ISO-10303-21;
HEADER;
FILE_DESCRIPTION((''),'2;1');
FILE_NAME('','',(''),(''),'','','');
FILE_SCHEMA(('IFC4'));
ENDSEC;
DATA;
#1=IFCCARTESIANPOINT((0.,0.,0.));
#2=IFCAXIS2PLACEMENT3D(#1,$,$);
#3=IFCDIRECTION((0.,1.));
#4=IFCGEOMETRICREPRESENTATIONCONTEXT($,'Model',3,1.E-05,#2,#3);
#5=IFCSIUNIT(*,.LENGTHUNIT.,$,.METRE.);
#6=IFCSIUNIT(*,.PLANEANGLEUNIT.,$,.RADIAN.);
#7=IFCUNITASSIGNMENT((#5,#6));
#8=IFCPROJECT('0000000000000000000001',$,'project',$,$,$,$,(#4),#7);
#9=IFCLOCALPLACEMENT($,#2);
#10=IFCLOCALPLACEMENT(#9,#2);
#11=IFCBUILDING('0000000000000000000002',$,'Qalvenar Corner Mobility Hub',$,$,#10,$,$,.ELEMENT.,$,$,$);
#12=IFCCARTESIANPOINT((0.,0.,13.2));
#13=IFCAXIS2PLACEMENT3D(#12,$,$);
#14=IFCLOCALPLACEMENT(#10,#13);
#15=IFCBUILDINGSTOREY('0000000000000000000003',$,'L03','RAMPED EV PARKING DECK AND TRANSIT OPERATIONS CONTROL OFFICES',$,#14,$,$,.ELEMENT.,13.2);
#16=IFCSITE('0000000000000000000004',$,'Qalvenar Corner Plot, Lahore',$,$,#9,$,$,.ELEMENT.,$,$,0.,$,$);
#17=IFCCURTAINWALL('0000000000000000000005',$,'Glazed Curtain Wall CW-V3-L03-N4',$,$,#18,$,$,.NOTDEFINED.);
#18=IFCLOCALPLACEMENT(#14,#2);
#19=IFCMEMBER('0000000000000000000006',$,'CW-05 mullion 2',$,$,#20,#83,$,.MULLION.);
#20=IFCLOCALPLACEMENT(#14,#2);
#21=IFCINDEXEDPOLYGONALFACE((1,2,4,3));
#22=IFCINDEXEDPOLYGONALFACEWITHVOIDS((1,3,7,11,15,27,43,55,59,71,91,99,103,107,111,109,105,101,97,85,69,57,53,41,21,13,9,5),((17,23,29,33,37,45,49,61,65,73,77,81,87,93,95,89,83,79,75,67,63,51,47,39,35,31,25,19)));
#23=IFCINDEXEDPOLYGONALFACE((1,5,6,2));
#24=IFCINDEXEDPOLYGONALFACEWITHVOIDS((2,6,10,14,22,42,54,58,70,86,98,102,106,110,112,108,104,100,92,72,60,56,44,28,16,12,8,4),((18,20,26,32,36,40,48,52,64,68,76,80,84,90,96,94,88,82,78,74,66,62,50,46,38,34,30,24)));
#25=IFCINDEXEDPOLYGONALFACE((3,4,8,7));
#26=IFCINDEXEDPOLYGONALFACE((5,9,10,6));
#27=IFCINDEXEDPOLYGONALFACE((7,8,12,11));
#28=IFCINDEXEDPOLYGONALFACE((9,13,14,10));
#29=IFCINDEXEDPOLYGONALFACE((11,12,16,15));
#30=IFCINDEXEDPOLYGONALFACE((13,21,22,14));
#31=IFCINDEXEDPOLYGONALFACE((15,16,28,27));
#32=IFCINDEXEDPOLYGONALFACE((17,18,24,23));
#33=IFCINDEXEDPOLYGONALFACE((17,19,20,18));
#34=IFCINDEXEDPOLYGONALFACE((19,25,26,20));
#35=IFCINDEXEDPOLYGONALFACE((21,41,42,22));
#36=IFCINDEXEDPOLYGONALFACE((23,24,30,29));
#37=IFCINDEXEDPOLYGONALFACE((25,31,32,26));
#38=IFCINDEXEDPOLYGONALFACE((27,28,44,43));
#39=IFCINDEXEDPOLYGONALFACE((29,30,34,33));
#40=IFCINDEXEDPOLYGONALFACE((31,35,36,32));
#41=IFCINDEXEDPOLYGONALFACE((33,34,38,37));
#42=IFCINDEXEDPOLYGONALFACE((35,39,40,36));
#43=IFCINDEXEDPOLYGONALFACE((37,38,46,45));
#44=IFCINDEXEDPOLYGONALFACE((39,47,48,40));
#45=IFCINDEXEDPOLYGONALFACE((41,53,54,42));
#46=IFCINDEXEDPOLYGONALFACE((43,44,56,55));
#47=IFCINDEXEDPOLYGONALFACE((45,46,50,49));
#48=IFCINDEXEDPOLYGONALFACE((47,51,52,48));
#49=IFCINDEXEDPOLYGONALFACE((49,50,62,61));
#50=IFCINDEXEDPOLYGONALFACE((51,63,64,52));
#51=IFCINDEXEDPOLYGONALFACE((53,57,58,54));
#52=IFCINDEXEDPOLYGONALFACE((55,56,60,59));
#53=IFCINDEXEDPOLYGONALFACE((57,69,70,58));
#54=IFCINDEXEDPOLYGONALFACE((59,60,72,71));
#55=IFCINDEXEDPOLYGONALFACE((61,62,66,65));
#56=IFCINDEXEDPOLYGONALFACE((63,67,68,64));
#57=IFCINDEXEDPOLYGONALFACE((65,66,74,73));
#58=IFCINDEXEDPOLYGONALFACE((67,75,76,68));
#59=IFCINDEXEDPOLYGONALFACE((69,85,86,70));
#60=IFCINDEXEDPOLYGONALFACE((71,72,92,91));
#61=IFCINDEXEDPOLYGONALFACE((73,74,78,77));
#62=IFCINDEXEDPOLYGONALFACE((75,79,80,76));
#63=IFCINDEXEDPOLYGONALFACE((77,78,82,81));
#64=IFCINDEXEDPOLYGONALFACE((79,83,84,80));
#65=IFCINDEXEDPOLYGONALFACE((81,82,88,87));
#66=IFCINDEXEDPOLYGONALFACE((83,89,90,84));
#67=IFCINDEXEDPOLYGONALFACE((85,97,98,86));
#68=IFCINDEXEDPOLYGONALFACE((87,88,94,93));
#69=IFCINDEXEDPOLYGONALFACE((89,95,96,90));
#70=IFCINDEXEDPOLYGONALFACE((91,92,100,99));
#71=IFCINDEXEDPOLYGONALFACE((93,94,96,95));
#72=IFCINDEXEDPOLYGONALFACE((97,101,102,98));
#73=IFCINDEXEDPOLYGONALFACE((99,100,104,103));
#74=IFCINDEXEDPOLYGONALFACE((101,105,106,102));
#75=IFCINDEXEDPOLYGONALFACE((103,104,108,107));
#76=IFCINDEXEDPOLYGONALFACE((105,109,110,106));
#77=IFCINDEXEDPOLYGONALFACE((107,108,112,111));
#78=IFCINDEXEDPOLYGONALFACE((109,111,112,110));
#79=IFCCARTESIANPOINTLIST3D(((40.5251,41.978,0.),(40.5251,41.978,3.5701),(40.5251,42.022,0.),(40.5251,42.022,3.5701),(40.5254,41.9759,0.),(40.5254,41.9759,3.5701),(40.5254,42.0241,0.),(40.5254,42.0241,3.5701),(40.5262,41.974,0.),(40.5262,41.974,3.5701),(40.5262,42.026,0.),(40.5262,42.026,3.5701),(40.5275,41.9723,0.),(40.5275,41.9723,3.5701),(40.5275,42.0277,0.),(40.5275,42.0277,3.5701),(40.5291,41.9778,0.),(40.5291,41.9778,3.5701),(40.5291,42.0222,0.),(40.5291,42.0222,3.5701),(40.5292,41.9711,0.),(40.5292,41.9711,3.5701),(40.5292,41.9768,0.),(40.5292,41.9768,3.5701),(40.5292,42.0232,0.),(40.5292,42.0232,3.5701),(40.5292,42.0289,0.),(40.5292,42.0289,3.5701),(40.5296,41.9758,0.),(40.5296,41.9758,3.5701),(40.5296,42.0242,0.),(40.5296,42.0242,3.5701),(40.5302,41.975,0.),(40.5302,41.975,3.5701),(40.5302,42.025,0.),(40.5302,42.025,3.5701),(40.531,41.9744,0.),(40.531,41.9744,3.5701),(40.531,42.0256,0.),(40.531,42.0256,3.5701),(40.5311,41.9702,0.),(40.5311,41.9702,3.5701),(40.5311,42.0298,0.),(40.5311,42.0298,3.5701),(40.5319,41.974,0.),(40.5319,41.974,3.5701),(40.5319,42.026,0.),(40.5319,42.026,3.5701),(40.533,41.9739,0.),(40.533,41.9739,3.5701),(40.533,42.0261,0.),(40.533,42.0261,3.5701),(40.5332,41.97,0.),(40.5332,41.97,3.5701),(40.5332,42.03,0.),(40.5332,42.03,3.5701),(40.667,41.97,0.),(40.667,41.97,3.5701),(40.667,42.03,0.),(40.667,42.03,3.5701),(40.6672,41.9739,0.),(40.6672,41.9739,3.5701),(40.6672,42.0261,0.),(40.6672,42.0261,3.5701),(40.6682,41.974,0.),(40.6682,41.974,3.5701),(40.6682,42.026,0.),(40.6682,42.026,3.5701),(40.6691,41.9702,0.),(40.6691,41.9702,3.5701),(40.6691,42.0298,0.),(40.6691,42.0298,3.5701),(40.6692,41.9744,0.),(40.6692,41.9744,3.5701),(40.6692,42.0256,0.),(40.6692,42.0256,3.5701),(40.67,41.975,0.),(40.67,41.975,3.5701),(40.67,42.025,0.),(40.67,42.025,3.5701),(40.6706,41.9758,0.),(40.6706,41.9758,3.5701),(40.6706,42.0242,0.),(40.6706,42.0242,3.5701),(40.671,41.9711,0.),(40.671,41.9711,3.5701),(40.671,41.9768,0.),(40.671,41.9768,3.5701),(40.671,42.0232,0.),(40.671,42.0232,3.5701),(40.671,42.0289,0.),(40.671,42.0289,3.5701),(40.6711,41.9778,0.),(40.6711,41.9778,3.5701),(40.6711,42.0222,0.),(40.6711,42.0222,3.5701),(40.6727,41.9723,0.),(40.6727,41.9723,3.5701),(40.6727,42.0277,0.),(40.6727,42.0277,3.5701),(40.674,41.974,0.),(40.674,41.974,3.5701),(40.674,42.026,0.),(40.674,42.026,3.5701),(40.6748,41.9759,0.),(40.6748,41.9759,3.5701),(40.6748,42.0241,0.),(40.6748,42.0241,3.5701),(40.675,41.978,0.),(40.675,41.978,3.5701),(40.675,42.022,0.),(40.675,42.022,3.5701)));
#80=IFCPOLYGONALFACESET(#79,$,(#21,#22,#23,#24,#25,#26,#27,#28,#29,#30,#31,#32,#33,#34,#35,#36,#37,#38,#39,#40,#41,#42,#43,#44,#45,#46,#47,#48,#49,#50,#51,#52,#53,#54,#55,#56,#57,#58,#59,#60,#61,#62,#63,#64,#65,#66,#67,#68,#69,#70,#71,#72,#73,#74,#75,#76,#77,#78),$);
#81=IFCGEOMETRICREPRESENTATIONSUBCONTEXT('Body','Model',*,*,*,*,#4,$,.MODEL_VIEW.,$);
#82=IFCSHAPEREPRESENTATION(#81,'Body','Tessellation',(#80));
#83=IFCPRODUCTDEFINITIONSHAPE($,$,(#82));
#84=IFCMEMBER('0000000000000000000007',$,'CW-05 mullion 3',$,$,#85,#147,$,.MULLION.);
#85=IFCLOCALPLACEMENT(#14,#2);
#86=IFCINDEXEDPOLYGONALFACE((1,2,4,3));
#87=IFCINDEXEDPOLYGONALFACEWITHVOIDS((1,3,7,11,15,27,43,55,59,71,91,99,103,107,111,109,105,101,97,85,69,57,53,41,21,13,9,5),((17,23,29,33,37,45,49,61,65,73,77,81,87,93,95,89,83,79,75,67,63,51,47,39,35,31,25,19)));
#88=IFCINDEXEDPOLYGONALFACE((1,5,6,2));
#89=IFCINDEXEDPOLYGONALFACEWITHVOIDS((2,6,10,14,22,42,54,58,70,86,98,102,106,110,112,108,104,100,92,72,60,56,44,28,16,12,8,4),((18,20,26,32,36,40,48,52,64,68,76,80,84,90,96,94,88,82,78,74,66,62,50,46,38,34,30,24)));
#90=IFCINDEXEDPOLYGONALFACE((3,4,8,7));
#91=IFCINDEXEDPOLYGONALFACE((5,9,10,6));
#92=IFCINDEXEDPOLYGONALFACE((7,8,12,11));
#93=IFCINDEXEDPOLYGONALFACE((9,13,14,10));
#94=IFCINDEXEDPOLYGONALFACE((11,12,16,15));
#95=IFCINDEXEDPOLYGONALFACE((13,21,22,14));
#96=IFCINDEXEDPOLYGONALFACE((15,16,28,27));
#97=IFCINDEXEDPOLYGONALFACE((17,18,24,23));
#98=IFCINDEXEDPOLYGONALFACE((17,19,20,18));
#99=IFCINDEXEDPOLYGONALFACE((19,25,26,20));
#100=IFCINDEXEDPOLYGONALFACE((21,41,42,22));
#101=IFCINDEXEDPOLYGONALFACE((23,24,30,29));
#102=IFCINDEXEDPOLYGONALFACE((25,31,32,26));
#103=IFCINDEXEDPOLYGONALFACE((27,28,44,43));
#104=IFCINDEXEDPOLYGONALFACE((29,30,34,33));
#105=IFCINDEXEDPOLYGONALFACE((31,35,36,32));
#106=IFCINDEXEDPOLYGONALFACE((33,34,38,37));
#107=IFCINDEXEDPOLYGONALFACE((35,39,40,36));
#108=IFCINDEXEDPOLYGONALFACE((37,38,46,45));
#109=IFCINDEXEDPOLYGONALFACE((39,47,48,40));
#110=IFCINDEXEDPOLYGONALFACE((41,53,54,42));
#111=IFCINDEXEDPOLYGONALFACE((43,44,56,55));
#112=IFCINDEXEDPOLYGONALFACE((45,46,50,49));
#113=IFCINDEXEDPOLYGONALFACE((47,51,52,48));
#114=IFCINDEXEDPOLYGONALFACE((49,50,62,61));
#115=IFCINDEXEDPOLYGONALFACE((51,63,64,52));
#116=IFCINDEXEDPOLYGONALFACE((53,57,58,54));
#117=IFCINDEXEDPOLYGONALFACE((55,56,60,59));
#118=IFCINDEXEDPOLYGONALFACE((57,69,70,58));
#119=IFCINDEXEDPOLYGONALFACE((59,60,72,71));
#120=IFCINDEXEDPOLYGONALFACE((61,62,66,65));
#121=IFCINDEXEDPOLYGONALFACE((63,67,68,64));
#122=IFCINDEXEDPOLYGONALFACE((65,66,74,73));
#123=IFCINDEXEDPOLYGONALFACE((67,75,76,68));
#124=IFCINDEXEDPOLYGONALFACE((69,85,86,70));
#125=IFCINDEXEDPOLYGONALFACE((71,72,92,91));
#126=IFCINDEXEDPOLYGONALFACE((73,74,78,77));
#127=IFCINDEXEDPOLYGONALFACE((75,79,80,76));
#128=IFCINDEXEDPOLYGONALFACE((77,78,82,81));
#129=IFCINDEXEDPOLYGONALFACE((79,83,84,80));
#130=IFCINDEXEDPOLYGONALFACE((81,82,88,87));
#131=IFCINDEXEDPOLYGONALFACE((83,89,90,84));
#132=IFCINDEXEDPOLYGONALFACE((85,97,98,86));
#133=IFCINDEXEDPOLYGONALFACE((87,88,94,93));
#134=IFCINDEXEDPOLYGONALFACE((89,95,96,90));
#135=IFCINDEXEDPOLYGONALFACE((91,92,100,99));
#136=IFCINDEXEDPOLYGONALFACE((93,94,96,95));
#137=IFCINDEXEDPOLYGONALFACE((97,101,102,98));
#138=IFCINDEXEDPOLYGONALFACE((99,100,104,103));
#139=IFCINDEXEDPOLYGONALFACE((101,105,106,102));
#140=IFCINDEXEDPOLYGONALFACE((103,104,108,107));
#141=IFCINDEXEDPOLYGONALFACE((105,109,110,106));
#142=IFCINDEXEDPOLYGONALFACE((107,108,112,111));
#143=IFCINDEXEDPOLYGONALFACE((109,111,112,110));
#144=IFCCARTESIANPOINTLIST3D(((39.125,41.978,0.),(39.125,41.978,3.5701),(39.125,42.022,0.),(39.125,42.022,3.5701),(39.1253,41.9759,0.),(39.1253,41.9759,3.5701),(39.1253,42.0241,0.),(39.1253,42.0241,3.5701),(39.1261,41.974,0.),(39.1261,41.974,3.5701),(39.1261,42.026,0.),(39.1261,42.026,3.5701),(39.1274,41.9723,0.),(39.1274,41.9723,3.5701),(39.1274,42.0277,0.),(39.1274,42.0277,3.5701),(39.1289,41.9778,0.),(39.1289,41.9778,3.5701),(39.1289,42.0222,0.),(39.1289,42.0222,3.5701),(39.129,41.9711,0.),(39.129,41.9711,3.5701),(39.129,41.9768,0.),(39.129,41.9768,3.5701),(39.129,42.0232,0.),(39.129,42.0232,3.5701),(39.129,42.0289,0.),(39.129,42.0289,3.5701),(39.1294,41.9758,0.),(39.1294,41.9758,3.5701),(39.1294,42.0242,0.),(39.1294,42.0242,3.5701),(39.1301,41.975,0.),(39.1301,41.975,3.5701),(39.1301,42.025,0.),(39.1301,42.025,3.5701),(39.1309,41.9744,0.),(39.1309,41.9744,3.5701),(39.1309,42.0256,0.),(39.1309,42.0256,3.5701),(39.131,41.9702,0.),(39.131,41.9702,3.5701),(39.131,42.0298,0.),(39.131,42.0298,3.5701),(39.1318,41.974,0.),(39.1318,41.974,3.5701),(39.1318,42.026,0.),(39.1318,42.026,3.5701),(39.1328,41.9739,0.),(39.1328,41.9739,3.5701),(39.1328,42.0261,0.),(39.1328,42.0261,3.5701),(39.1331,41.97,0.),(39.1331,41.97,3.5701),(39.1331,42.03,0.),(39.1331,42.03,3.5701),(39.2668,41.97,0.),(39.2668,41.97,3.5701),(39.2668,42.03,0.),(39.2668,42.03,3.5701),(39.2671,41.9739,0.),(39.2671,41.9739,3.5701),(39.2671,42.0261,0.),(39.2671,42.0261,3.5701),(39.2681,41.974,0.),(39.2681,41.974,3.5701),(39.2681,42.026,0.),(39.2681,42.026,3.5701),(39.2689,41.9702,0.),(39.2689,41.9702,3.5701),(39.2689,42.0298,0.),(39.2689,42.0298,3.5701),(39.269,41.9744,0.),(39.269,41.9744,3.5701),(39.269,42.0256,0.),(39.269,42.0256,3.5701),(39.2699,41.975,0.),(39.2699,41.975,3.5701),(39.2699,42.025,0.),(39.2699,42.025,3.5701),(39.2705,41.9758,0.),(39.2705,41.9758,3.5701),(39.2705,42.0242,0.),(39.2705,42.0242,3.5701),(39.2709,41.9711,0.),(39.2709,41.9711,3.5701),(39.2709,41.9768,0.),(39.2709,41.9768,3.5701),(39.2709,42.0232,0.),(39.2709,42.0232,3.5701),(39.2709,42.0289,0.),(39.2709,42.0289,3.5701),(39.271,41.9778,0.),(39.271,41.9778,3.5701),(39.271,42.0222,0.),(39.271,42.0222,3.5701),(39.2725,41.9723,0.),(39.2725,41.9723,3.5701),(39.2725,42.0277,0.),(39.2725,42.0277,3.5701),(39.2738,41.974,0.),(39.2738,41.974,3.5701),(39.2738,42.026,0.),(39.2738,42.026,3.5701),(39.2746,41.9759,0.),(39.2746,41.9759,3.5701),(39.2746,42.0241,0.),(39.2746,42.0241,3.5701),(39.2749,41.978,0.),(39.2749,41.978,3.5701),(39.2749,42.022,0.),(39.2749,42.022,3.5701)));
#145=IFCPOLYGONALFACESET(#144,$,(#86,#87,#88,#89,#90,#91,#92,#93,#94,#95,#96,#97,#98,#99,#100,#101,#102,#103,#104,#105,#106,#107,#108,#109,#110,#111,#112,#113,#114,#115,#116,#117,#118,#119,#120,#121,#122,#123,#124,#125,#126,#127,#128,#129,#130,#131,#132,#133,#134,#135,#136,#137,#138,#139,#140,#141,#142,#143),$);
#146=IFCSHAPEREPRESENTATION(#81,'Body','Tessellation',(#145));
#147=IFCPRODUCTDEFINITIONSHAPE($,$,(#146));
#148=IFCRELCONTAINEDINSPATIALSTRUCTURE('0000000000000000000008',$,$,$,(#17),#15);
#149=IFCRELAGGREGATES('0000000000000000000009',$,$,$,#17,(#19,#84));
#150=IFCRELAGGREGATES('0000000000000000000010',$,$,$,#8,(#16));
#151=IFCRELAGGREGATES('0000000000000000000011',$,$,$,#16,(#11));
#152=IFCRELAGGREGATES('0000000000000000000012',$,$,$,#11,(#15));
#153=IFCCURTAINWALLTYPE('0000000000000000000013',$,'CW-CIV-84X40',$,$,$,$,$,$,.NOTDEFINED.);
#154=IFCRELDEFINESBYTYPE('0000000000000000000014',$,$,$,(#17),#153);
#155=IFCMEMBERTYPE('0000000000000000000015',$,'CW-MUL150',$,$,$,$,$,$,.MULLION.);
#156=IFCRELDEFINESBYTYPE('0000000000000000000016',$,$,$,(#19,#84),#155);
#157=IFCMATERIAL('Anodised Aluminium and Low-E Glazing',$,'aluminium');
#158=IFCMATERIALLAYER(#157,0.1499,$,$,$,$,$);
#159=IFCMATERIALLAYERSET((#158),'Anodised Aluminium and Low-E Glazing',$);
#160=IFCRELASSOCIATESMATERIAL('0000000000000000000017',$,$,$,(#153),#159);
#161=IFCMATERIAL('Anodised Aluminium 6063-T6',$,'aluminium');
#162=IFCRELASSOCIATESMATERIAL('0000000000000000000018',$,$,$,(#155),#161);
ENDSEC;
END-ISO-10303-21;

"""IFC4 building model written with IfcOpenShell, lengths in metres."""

from ifc_helpers import new_model, si_unit, direction, frame, origin, origin_2d, place, context, subcontext, project, spatial, hollow_rectangle, extrude, material, layer, layer_set, material_profile, profile_set, type_object, element, aggregate, save


model = new_model("IFC4")

# Units and contexts
model_context = context("Model", 3, precision=1e-05, world=origin(), true_north=direction((0.0, 1.0)))
body_context = subcontext(model_context, "Body", "Model", "MODEL_VIEW")
ifc_project = project(units=[si_unit("LENGTHUNIT", "METRE"), si_unit("PLANEANGLEUNIT", "RADIAN")], contexts=[model_context])

# Site, building, storey
site_placement = place(None, origin())
site = spatial("IfcSite", under=ifc_project, at=site_placement, Name="Qalvenar Corner Plot, Lahore", CompositionType="ELEMENT", RefElevation=0.0)
building_placement = place(site_placement, origin())
building = spatial("IfcBuilding", under=site, at=building_placement, Name="Qalvenar Corner Mobility Hub", CompositionType="ELEMENT")
storey_placement = place(building_placement, frame((0.0, 0.0, 13.2)))
storey = spatial("IfcBuildingStorey", under=building, at=storey_placement, Name="L03", Description="RAMPED EV PARKING DECK AND TRANSIT OPERATIONS CONTROL OFFICES", CompositionType="ELEMENT", Elevation=13.2)

# Curtain wall, members
ifc_material_1 = material(Name="Anodised Aluminium and Low-E Glazing", Category="aluminium")
ifc_layer_1 = layer(ifc_material_1, 0.1499)
ifc_layer_set_1 = layer_set([ifc_layer_1], Name="Anodised Aluminium and Low-E Glazing")
curtain_wall_type = type_object("IfcCurtainWallType", Name="CW-CIV-84X40", PredefinedType="NOTDEFINED", material=ifc_layer_set_1)
curtain_wall_placement = place(storey_placement, origin())
curtain_wall = element("IfcCurtainWall", 1, at=curtain_wall_placement, inside=storey, type_object=curtain_wall_type, Name="Glazed Curtain Wall CW-V3-L03-N4", PredefinedType="NOTDEFINED")
ifc_material_2 = material(Name="Anodised Aluminium 6063-T6", Category="aluminium")
ifc_material_profile_1 = material_profile(ifc_material_2, hollow_rectangle(XDim=0.0601, YDim=0.1499, WallThickness=0.0039, InnerFilletRadius=0.0039, OuterFilletRadius=0.0081, at=origin_2d()), Name="RHS150x60x4")
ifc_profile_set_1 = profile_set([ifc_material_profile_1], Name="Anodised Aluminium 6063-T6")
member_type_1 = type_object("IfcMemberType", Name="CW-MUL150", PredefinedType="MULLION", material=ifc_profile_set_1)
member_1_placement = place(storey_placement, frame((40.6001, 42.0, 0.0), z_axis=(0.0, 0.0, 1.0), x_axis=(0.0, -1.0, 0.0)))
member_1 = element("IfcMember", 2, at=member_1_placement, type_object=member_type_1, Name="CW-05 mullion 2", PredefinedType="MULLION", context=body_context, shape_type="SweptSolid", body=[
    extrude(hollow_rectangle(XDim=0.0601, YDim=0.1499, WallThickness=0.0039, InnerFilletRadius=0.0039, OuterFilletRadius=0.0081, at=origin_2d()), origin(), (0.0, 0.0, 1.0), 3.5701),
])
member_2_placement = place(storey_placement, frame((39.2, 42.0, 0.0), z_axis=(0.0, 0.0, 1.0), x_axis=(0.0, -1.0, 0.0)))
member_2 = element("IfcMember", 3, at=member_2_placement, type_object=member_type_1, Name="CW-05 mullion 3", PredefinedType="MULLION", context=body_context, shape_type="SweptSolid", body=[
    extrude(hollow_rectangle(XDim=0.0601, YDim=0.1499, WallThickness=0.0039, InnerFilletRadius=0.0039, OuterFilletRadius=0.0081, at=origin_2d()), origin(), (0.0, 0.0, 1.0), 3.5701),
])

aggregate(curtain_wall, [member_1, member_2])

save(model, "model.ifc")
